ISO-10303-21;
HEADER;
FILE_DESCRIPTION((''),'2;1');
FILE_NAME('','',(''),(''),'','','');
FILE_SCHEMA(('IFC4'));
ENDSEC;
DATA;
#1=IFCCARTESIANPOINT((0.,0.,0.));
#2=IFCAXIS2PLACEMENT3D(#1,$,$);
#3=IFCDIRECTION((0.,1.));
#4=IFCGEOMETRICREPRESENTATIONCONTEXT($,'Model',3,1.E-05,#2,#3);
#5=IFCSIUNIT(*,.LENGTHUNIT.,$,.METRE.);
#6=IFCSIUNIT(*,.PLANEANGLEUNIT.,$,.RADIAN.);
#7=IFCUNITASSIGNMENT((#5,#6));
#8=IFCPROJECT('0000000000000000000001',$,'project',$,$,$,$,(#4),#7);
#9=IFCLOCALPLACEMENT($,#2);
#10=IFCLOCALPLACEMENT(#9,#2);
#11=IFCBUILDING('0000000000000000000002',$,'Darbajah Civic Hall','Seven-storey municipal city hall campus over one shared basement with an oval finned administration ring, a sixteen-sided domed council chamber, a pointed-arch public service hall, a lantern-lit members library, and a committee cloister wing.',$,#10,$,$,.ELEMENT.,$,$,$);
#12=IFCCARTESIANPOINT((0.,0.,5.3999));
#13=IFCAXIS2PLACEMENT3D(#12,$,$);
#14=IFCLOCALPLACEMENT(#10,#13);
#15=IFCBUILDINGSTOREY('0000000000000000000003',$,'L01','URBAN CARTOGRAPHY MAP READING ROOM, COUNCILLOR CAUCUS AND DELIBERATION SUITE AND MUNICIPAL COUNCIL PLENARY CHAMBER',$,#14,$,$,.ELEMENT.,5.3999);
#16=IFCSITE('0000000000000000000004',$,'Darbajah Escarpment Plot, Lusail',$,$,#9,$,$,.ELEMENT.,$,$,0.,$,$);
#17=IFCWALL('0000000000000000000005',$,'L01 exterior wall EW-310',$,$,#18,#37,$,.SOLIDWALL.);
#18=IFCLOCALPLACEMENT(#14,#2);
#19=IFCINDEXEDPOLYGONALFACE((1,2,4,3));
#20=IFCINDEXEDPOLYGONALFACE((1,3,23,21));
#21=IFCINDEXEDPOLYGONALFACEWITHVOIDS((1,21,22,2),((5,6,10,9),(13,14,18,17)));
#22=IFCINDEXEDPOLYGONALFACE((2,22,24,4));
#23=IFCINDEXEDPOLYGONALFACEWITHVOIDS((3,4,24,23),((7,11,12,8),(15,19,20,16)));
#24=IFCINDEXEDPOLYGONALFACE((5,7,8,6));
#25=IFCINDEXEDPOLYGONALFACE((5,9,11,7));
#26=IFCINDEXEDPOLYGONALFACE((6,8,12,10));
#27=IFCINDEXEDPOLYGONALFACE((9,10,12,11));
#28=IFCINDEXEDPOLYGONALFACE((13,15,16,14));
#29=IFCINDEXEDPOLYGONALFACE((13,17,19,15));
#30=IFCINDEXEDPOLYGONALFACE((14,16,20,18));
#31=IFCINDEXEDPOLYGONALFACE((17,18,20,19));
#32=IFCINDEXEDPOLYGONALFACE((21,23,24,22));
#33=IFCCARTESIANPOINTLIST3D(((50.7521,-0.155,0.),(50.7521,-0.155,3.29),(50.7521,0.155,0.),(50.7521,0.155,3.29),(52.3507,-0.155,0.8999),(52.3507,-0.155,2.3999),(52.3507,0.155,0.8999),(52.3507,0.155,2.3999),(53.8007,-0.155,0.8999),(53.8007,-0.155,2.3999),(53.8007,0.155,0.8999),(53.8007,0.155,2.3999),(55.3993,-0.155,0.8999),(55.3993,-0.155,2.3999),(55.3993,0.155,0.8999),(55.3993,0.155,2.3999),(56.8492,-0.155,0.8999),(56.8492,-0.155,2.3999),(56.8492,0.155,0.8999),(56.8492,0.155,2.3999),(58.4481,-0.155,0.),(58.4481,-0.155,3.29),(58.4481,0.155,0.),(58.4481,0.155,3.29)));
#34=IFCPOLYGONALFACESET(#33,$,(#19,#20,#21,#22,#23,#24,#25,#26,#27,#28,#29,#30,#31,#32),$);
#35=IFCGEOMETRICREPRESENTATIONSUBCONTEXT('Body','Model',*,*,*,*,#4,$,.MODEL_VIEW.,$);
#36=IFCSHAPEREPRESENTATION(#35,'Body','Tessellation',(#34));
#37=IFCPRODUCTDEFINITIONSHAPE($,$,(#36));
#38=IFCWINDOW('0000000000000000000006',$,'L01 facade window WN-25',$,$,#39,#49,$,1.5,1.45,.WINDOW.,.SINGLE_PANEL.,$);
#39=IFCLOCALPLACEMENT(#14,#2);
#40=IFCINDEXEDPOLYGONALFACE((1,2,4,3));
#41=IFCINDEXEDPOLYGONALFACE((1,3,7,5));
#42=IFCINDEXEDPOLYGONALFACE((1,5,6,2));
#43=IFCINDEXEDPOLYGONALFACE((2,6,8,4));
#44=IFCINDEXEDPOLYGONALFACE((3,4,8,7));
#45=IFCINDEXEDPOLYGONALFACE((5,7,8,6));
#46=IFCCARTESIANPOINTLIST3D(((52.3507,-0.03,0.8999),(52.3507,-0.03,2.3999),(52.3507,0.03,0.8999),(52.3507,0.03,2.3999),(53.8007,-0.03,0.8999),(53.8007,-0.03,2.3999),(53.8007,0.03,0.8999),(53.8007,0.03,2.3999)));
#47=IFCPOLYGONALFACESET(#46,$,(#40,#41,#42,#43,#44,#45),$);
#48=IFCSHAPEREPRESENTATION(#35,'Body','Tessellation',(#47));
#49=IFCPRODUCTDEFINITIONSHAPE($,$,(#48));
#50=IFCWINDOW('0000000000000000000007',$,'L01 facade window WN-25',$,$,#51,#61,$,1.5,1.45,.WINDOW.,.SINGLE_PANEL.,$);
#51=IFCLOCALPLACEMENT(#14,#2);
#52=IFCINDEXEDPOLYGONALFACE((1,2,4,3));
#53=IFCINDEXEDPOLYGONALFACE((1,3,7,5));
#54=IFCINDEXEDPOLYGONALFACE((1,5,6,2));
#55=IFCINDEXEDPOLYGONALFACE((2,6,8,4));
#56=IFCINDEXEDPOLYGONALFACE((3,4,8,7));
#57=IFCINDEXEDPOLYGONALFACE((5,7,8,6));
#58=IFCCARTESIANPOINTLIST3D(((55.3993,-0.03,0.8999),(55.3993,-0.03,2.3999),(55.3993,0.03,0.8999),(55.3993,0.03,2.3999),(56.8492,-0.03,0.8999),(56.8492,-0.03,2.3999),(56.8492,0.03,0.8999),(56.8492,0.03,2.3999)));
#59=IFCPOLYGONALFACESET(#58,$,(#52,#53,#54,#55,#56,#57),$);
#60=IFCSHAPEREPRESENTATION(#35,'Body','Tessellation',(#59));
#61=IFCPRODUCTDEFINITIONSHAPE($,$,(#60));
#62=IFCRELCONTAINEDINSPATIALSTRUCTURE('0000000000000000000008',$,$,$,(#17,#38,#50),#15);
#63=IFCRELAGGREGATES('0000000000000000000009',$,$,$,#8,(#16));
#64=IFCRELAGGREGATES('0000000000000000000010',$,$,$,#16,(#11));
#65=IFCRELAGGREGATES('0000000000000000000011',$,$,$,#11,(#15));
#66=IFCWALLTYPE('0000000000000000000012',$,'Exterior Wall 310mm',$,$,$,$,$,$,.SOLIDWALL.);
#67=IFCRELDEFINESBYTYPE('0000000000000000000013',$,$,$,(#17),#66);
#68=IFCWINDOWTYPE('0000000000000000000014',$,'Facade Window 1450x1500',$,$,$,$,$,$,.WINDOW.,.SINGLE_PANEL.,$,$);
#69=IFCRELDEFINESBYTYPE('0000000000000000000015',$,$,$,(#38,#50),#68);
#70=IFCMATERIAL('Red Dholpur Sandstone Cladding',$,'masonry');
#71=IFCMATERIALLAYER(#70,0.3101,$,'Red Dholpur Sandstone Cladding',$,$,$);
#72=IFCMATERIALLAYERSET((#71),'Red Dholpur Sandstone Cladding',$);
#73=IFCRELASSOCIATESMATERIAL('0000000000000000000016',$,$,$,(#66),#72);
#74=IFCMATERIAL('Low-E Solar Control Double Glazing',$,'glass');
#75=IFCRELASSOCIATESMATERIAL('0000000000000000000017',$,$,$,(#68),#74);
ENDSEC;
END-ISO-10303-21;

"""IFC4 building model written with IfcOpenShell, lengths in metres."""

from ifc_helpers import new_model, si_unit, direction, frame, frame_2d, origin, place, context, subcontext, project, spatial, rectangle, extrude, material, layer, layer_set, type_object, element, fill, save


model = new_model("IFC4")

# Units and contexts
model_context = context("Model", 3, precision=1e-05, world=origin(), true_north=direction((0.0, 1.0)))
body_context = subcontext(model_context, "Body", "Model", "MODEL_VIEW")
ifc_project = project(units=[si_unit("LENGTHUNIT", "METRE"), si_unit("PLANEANGLEUNIT", "RADIAN")], contexts=[model_context])

# Site, building, storey
site_placement = place(None, origin())
site = spatial("IfcSite", under=ifc_project, at=site_placement, Name="Darbajah Escarpment Plot, Lusail", CompositionType="ELEMENT", RefElevation=0.0)
building_placement = place(site_placement, origin())
building = spatial("IfcBuilding", under=site, at=building_placement, Name="Darbajah Civic Hall", Description="Seven-storey municipal city hall campus over one shared basement with an oval finned administration ring, a sixteen-sided domed council chamber, a pointed-arch public service hall, a lantern-lit members library, and a committee cloister wing.", CompositionType="ELEMENT")
storey_placement = place(building_placement, frame((0.0, 0.0, 5.3999)))
storey = spatial("IfcBuildingStorey", under=building, at=storey_placement, Name="L01", Description="URBAN CARTOGRAPHY MAP READING ROOM, COUNCILLOR CAUCUS AND DELIBERATION SUITE AND MUNICIPAL COUNCIL PLENARY CHAMBER", CompositionType="ELEMENT", Elevation=5.3999)

# Shared definitions
ifc_material_1 = material(Name="Low-E Solar Control Double Glazing", Category="glass")

# Wall, openings, windows
ifc_material_2 = material(Name="Red Dholpur Sandstone Cladding", Category="masonry")
ifc_layer_1 = layer(ifc_material_2, 0.3101, Name="Red Dholpur Sandstone Cladding")
ifc_layer_set_1 = layer_set([ifc_layer_1], Name="Red Dholpur Sandstone Cladding")
wall_type = type_object("IfcWallType", Name="Exterior Wall 310mm", PredefinedType="SOLIDWALL", material=ifc_layer_set_1)
wall_placement = place(storey_placement, frame((50.752, 0.0, 0.0), z_axis=(0.0, 0.0, 1.0), x_axis=(1.0, 0.0, 0.0)))
wall = element("IfcWall", 1, at=wall_placement, inside=storey, type_object=wall_type, Name="L01 exterior wall EW-310", PredefinedType="SOLIDWALL", context=body_context, shape_type="SweptSolid", body=[
    extrude(rectangle(XDim=7.696, YDim=0.3101, at=frame_2d((3.8481, 0.0))), origin(), (0.0, 0.0, 1.0), 3.29),
])
opening_1_placement = place(wall_placement, frame((1.5986, 0.0, 0.8999)))
opening_1 = element("IfcOpeningElement", 2, at=opening_1_placement, cuts=wall, PredefinedType="OPENING", context=body_context, shape_type="SweptSolid", body=[
    extrude(rectangle(XDim=1.45, YDim=1.5, at=frame_2d((0.7251, 0.75))), frame((0.0, 0.165, 0.0), z_axis=(0.0, -1.0, 0.0), x_axis=(1.0, 0.0, 0.0)), (0.0, 0.0, 1.0), 0.3301),
])
opening_2_placement = place(wall_placement, frame((4.6472, 0.0, 0.8999)))
opening_2 = element("IfcOpeningElement", 3, at=opening_2_placement, cuts=wall, PredefinedType="OPENING", context=body_context, shape_type="SweptSolid", body=[
    extrude(rectangle(XDim=1.45, YDim=1.5, at=frame_2d((0.7251, 0.75))), frame((0.0, 0.165, 0.0), z_axis=(0.0, -1.0, 0.0), x_axis=(1.0, 0.0, 0.0)), (0.0, 0.0, 1.0), 0.3301),
])
window_type = type_object("IfcWindowType", Name="Facade Window 1450x1500", PartitioningType="SINGLE_PANEL", PredefinedType="WINDOW", material=ifc_material_1)
window_1_placement = place(opening_1_placement, origin())
window_1 = element("IfcWindow", 4, at=window_1_placement, inside=storey, type_object=window_type, Name="L01 facade window WN-25", OverallHeight=1.5, OverallWidth=1.45, PartitioningType="SINGLE_PANEL", PredefinedType="WINDOW", context=body_context, shape_type="SweptSolid", body=[
    extrude(rectangle(XDim=1.45, YDim=1.5, at=frame_2d((0.7251, 0.75))), frame((0.0, 0.03, 0.0), z_axis=(0.0, -1.0, 0.0), x_axis=(1.0, 0.0, 0.0)), (0.0, 0.0, 1.0), 0.0601),
])
fill(opening_1, window_1)
window_2_placement = place(opening_2_placement, origin())
window_2 = element("IfcWindow", 5, at=window_2_placement, inside=storey, type_object=window_type, Name="L01 facade window WN-25", OverallHeight=1.5, OverallWidth=1.45, PartitioningType="SINGLE_PANEL", PredefinedType="WINDOW", context=body_context, shape_type="SweptSolid", body=[
    extrude(rectangle(XDim=1.45, YDim=1.5, at=frame_2d((0.7251, 0.75))), frame((0.0, 0.03, 0.0), z_axis=(0.0, -1.0, 0.0), x_axis=(1.0, 0.0, 0.0)), (0.0, 0.0, 1.0), 0.0601),
])
fill(opening_2, window_2)

save(model, "model.ifc")
